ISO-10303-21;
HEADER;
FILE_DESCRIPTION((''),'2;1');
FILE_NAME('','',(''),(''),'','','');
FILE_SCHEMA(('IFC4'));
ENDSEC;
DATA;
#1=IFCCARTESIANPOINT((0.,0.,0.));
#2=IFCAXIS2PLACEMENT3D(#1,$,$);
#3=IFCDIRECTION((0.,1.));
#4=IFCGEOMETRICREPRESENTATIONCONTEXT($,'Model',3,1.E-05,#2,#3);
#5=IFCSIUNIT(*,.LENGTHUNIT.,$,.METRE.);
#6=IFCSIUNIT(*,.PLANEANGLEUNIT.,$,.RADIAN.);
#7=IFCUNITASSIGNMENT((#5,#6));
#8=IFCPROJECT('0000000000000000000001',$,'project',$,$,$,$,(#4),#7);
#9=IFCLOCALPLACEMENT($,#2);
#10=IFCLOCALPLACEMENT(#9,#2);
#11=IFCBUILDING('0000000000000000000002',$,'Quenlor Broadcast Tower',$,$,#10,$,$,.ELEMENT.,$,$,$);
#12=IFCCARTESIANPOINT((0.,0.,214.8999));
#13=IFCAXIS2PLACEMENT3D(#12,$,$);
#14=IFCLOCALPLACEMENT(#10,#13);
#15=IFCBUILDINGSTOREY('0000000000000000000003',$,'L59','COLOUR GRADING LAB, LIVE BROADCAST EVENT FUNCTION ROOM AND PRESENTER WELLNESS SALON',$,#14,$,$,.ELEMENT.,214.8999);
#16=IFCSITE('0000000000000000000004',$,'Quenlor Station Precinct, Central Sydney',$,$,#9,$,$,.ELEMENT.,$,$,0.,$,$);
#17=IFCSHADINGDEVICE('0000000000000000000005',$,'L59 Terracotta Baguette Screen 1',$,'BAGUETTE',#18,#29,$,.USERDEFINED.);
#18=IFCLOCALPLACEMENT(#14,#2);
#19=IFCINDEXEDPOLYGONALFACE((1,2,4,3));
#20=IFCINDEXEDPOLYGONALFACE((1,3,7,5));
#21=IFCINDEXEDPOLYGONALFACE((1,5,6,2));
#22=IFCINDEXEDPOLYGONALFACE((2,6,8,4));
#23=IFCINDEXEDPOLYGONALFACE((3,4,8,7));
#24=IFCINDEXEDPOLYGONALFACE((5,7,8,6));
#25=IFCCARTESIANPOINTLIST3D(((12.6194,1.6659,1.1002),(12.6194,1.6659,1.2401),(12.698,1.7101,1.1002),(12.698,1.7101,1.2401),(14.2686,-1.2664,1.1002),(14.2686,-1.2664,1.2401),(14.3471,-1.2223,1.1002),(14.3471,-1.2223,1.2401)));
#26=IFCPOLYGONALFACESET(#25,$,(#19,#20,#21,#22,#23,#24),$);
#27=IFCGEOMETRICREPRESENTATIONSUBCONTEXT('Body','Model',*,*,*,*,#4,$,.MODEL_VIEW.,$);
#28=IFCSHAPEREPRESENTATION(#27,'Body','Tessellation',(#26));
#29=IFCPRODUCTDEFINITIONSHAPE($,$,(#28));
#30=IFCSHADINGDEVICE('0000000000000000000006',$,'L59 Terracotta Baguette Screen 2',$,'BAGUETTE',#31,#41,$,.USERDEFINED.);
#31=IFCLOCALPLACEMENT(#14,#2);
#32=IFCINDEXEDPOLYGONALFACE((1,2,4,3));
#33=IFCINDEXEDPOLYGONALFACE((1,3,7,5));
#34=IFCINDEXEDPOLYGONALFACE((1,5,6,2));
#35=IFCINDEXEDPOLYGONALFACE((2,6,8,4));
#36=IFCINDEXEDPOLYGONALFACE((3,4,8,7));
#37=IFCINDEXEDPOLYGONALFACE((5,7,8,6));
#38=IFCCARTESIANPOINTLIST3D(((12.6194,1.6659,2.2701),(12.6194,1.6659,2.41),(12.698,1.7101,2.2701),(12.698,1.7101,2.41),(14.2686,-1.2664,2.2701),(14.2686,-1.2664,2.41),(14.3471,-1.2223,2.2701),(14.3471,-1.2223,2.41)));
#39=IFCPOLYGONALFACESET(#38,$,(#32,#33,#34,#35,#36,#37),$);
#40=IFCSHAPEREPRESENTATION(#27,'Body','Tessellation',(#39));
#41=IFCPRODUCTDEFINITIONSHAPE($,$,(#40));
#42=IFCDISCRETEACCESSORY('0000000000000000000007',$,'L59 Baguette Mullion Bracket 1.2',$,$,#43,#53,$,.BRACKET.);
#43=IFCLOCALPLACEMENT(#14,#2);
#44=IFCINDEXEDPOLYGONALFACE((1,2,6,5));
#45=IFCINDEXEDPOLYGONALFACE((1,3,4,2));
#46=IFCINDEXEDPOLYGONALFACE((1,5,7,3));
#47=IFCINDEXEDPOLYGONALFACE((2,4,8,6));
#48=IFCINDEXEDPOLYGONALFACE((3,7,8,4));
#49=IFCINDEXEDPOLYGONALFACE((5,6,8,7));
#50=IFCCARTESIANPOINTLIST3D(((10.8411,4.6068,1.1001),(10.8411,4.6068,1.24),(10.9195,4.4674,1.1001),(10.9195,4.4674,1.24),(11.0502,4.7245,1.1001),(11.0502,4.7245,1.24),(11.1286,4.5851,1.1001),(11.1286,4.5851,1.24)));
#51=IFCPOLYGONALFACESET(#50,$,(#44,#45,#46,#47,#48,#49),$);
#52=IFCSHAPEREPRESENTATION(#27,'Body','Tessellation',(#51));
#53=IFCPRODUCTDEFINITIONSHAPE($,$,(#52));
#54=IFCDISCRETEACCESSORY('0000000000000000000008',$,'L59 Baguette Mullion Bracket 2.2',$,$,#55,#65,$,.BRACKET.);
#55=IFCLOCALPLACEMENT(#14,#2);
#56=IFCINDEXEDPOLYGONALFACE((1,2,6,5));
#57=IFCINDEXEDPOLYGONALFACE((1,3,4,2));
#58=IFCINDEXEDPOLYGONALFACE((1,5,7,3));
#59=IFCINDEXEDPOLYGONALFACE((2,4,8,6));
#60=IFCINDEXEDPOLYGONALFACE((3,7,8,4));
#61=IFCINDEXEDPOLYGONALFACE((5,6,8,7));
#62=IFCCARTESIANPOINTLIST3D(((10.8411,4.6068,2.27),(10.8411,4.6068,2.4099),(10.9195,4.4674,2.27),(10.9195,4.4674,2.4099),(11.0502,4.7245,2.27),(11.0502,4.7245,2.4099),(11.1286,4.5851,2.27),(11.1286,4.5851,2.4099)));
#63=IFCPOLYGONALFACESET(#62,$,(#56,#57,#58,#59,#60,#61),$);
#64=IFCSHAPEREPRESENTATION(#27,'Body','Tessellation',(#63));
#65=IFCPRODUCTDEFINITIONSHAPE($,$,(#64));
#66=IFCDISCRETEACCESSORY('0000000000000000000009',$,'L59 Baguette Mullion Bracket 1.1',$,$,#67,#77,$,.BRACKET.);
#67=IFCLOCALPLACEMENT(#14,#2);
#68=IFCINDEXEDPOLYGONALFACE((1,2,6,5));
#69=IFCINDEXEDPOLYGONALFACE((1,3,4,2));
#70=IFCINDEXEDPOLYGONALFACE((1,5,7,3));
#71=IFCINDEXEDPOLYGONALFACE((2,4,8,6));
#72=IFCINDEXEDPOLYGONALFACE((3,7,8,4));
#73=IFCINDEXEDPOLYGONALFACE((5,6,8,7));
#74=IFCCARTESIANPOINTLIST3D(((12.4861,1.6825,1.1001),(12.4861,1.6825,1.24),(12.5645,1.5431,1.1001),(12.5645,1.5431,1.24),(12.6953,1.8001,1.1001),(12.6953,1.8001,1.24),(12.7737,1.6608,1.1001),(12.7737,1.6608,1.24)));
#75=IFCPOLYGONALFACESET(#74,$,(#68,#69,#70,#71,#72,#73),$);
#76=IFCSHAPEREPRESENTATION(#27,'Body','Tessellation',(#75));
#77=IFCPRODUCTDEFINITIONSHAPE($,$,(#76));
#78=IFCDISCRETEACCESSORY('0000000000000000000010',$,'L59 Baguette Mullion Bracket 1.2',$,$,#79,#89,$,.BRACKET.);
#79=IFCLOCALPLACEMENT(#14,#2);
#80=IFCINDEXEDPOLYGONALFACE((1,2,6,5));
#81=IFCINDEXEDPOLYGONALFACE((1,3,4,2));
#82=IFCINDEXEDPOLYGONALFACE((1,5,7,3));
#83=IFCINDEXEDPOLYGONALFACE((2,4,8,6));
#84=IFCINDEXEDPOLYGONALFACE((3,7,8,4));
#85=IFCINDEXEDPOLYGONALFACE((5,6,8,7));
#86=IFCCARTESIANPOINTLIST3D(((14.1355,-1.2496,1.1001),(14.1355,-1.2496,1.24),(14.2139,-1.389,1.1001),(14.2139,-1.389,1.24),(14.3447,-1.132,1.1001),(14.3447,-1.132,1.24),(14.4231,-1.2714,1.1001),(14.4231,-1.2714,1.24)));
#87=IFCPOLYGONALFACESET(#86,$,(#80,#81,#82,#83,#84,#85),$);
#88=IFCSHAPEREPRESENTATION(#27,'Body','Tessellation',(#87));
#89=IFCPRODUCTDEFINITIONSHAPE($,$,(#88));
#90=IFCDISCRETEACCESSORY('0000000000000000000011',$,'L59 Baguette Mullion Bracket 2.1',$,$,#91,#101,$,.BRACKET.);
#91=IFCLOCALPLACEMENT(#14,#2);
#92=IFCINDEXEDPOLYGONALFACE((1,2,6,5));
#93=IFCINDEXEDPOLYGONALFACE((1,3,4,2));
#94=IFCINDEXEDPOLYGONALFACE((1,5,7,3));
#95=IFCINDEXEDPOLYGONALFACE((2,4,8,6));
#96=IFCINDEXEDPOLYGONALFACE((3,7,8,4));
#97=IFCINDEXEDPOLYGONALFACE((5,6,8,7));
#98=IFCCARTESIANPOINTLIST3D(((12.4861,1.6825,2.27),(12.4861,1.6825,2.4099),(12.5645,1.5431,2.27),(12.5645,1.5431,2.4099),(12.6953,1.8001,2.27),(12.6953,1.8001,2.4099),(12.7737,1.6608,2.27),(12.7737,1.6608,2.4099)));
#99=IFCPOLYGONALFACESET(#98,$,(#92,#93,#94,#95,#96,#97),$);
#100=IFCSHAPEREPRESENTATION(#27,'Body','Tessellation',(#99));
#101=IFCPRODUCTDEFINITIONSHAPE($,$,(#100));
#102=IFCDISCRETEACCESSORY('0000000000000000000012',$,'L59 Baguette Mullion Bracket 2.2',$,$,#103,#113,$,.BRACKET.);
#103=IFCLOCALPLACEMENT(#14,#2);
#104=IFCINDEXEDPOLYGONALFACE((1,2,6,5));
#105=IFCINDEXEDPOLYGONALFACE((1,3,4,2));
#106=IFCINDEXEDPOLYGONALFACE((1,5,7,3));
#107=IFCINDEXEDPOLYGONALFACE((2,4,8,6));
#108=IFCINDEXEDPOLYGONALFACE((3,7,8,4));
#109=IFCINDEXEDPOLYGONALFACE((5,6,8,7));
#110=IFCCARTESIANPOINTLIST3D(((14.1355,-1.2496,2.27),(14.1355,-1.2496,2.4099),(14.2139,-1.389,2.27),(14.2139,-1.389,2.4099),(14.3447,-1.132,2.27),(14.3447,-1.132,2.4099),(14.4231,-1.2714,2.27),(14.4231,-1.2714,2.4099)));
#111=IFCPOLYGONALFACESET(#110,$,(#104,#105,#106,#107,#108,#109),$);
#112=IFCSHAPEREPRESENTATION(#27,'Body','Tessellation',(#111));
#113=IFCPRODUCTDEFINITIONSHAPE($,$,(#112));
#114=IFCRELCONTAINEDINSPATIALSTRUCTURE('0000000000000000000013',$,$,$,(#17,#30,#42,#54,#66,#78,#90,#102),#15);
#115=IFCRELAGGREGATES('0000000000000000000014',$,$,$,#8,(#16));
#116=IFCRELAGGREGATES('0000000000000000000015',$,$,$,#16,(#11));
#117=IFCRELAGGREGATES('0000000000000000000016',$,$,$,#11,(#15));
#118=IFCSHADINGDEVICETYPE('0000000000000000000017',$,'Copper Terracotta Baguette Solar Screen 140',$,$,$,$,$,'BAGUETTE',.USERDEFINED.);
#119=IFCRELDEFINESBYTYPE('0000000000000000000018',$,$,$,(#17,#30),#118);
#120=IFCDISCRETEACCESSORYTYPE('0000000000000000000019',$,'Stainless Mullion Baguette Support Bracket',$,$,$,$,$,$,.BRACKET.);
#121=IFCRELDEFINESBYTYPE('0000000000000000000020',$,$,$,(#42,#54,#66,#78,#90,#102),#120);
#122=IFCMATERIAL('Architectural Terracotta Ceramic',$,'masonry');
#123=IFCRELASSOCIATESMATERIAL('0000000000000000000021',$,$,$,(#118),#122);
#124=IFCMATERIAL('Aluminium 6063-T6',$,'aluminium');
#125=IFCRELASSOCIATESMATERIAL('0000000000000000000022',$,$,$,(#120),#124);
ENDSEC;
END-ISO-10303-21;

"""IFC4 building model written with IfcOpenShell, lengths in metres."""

from ifc_helpers import new_model, si_unit, direction, frame, origin, origin_2d, place, context, subcontext, project, spatial, rectangle, extrude, material, material_profile, profile_set, type_object, element, save


model = new_model("IFC4")

# Units and contexts
model_context = context("Model", 3, precision=1e-05, world=origin(), true_north=direction((0.0, 1.0)))
body_context = subcontext(model_context, "Body", "Model", "MODEL_VIEW")
ifc_project = project(units=[si_unit("LENGTHUNIT", "METRE"), si_unit("PLANEANGLEUNIT", "RADIAN")], contexts=[model_context])

# Site, building, storey
site_placement = place(None, origin())
site = spatial("IfcSite", under=ifc_project, at=site_placement, Name="Quenlor Station Precinct, Central Sydney", CompositionType="ELEMENT", RefElevation=0.0)
building_placement = place(site_placement, origin())
building = spatial("IfcBuilding", under=site, at=building_placement, Name="Quenlor Broadcast Tower", CompositionType="ELEMENT")
storey_placement = place(building_placement, frame((0.0, 0.0, 214.8999)))
storey = spatial("IfcBuildingStorey", under=building, at=storey_placement, Name="L59", Description="COLOUR GRADING LAB, LIVE BROADCAST EVENT FUNCTION ROOM AND PRESENTER WELLNESS SALON", CompositionType="ELEMENT", Elevation=214.8999)

# Shading devices
ifc_material_1 = material(Name="Architectural Terracotta Ceramic", Category="masonry")
ifc_material_profile_1 = material_profile(ifc_material_1, rectangle(XDim=0.0901, YDim=0.1399, at=origin_2d()))
ifc_profile_set_1 = profile_set([ifc_material_profile_1], Name="Architectural Terracotta Ceramic BAG90x140")
shading_device_type = type_object("IfcShadingDeviceType", Name="Copper Terracotta Baguette Solar Screen 140", ElementType="BAGUETTE", PredefinedType="USERDEFINED", material=ifc_profile_set_1)
for number, where, z_axis, x_axis, name in (
    (1, (12.6587, 1.688, 1.1702), (0.490196, -0.871612, 0.0), (0.871612, 0.490196, 0.0), "L59 Terracotta Baguette Screen 1"),
    (2, (12.6587, 1.688, 2.3401), (0.490196, -0.871612, 0.0), (0.871612, 0.490196, 0.0), "L59 Terracotta Baguette Screen 2"),
):
    element("IfcShadingDevice", number, at=place(storey_placement, frame(where, z_axis=z_axis, x_axis=x_axis)), inside=storey, type_object=shading_device_type, Name=name, ObjectType="BAGUETTE", PredefinedType="USERDEFINED", context=body_context, shape_type="SweptSolid", body=[
        extrude(rectangle(XDim=0.0901, YDim=0.1399, at=origin_2d()), origin(), (0.0, 0.0, 1.0), 3.3643),
    ])

# Discrete accessories
ifc_material_2 = material(Name="Aluminium 6063-T6", Category="aluminium")
discrete_accessory_type = type_object("IfcDiscreteAccessoryType", Name="Stainless Mullion Baguette Support Bracket", PredefinedType="BRACKET", material=ifc_material_2)
for number, where, z_axis, x_axis, name in (
    (3, (10.9849, 4.5959, 1.1001), (0.0, 0.0, 1.0), (0.490257, -0.871578, 0.0), "L59 Baguette Mullion Bracket 1.2"),
    (4, (10.9849, 4.5959, 2.27), (0.0, 0.0, 1.0), (0.490257, -0.871578, 0.0), "L59 Baguette Mullion Bracket 2.2"),
    (5, (12.6299, 1.6716, 1.1001), (0.0, 0.0, 1.0), (0.490257, -0.871578, 0.0), "L59 Baguette Mullion Bracket 1.1"),
    (6, (14.2793, -1.2605, 1.1001), (0.0, 0.0, 1.0), (0.490257, -0.871578, 0.0), "L59 Baguette Mullion Bracket 1.2"),
    (7, (12.6299, 1.6716, 2.27), (0.0, 0.0, 1.0), (0.490257, -0.871578, 0.0), "L59 Baguette Mullion Bracket 2.1"),
    (8, (14.2793, -1.2605, 2.27), (0.0, 0.0, 1.0), (0.490257, -0.871578, 0.0), "L59 Baguette Mullion Bracket 2.2"),
):
    element("IfcDiscreteAccessory", number, at=place(storey_placement, frame(where, z_axis=z_axis, x_axis=x_axis)), inside=storey, type_object=discrete_accessory_type, Name=name, PredefinedType="BRACKET", context=body_context, shape_type="SweptSolid", body=[
        extrude(rectangle(XDim=0.1599, YDim=0.24, at=origin_2d()), origin(), (0.0, 0.0, 1.0), 0.1399),
    ])

save(model, "model.ifc")
